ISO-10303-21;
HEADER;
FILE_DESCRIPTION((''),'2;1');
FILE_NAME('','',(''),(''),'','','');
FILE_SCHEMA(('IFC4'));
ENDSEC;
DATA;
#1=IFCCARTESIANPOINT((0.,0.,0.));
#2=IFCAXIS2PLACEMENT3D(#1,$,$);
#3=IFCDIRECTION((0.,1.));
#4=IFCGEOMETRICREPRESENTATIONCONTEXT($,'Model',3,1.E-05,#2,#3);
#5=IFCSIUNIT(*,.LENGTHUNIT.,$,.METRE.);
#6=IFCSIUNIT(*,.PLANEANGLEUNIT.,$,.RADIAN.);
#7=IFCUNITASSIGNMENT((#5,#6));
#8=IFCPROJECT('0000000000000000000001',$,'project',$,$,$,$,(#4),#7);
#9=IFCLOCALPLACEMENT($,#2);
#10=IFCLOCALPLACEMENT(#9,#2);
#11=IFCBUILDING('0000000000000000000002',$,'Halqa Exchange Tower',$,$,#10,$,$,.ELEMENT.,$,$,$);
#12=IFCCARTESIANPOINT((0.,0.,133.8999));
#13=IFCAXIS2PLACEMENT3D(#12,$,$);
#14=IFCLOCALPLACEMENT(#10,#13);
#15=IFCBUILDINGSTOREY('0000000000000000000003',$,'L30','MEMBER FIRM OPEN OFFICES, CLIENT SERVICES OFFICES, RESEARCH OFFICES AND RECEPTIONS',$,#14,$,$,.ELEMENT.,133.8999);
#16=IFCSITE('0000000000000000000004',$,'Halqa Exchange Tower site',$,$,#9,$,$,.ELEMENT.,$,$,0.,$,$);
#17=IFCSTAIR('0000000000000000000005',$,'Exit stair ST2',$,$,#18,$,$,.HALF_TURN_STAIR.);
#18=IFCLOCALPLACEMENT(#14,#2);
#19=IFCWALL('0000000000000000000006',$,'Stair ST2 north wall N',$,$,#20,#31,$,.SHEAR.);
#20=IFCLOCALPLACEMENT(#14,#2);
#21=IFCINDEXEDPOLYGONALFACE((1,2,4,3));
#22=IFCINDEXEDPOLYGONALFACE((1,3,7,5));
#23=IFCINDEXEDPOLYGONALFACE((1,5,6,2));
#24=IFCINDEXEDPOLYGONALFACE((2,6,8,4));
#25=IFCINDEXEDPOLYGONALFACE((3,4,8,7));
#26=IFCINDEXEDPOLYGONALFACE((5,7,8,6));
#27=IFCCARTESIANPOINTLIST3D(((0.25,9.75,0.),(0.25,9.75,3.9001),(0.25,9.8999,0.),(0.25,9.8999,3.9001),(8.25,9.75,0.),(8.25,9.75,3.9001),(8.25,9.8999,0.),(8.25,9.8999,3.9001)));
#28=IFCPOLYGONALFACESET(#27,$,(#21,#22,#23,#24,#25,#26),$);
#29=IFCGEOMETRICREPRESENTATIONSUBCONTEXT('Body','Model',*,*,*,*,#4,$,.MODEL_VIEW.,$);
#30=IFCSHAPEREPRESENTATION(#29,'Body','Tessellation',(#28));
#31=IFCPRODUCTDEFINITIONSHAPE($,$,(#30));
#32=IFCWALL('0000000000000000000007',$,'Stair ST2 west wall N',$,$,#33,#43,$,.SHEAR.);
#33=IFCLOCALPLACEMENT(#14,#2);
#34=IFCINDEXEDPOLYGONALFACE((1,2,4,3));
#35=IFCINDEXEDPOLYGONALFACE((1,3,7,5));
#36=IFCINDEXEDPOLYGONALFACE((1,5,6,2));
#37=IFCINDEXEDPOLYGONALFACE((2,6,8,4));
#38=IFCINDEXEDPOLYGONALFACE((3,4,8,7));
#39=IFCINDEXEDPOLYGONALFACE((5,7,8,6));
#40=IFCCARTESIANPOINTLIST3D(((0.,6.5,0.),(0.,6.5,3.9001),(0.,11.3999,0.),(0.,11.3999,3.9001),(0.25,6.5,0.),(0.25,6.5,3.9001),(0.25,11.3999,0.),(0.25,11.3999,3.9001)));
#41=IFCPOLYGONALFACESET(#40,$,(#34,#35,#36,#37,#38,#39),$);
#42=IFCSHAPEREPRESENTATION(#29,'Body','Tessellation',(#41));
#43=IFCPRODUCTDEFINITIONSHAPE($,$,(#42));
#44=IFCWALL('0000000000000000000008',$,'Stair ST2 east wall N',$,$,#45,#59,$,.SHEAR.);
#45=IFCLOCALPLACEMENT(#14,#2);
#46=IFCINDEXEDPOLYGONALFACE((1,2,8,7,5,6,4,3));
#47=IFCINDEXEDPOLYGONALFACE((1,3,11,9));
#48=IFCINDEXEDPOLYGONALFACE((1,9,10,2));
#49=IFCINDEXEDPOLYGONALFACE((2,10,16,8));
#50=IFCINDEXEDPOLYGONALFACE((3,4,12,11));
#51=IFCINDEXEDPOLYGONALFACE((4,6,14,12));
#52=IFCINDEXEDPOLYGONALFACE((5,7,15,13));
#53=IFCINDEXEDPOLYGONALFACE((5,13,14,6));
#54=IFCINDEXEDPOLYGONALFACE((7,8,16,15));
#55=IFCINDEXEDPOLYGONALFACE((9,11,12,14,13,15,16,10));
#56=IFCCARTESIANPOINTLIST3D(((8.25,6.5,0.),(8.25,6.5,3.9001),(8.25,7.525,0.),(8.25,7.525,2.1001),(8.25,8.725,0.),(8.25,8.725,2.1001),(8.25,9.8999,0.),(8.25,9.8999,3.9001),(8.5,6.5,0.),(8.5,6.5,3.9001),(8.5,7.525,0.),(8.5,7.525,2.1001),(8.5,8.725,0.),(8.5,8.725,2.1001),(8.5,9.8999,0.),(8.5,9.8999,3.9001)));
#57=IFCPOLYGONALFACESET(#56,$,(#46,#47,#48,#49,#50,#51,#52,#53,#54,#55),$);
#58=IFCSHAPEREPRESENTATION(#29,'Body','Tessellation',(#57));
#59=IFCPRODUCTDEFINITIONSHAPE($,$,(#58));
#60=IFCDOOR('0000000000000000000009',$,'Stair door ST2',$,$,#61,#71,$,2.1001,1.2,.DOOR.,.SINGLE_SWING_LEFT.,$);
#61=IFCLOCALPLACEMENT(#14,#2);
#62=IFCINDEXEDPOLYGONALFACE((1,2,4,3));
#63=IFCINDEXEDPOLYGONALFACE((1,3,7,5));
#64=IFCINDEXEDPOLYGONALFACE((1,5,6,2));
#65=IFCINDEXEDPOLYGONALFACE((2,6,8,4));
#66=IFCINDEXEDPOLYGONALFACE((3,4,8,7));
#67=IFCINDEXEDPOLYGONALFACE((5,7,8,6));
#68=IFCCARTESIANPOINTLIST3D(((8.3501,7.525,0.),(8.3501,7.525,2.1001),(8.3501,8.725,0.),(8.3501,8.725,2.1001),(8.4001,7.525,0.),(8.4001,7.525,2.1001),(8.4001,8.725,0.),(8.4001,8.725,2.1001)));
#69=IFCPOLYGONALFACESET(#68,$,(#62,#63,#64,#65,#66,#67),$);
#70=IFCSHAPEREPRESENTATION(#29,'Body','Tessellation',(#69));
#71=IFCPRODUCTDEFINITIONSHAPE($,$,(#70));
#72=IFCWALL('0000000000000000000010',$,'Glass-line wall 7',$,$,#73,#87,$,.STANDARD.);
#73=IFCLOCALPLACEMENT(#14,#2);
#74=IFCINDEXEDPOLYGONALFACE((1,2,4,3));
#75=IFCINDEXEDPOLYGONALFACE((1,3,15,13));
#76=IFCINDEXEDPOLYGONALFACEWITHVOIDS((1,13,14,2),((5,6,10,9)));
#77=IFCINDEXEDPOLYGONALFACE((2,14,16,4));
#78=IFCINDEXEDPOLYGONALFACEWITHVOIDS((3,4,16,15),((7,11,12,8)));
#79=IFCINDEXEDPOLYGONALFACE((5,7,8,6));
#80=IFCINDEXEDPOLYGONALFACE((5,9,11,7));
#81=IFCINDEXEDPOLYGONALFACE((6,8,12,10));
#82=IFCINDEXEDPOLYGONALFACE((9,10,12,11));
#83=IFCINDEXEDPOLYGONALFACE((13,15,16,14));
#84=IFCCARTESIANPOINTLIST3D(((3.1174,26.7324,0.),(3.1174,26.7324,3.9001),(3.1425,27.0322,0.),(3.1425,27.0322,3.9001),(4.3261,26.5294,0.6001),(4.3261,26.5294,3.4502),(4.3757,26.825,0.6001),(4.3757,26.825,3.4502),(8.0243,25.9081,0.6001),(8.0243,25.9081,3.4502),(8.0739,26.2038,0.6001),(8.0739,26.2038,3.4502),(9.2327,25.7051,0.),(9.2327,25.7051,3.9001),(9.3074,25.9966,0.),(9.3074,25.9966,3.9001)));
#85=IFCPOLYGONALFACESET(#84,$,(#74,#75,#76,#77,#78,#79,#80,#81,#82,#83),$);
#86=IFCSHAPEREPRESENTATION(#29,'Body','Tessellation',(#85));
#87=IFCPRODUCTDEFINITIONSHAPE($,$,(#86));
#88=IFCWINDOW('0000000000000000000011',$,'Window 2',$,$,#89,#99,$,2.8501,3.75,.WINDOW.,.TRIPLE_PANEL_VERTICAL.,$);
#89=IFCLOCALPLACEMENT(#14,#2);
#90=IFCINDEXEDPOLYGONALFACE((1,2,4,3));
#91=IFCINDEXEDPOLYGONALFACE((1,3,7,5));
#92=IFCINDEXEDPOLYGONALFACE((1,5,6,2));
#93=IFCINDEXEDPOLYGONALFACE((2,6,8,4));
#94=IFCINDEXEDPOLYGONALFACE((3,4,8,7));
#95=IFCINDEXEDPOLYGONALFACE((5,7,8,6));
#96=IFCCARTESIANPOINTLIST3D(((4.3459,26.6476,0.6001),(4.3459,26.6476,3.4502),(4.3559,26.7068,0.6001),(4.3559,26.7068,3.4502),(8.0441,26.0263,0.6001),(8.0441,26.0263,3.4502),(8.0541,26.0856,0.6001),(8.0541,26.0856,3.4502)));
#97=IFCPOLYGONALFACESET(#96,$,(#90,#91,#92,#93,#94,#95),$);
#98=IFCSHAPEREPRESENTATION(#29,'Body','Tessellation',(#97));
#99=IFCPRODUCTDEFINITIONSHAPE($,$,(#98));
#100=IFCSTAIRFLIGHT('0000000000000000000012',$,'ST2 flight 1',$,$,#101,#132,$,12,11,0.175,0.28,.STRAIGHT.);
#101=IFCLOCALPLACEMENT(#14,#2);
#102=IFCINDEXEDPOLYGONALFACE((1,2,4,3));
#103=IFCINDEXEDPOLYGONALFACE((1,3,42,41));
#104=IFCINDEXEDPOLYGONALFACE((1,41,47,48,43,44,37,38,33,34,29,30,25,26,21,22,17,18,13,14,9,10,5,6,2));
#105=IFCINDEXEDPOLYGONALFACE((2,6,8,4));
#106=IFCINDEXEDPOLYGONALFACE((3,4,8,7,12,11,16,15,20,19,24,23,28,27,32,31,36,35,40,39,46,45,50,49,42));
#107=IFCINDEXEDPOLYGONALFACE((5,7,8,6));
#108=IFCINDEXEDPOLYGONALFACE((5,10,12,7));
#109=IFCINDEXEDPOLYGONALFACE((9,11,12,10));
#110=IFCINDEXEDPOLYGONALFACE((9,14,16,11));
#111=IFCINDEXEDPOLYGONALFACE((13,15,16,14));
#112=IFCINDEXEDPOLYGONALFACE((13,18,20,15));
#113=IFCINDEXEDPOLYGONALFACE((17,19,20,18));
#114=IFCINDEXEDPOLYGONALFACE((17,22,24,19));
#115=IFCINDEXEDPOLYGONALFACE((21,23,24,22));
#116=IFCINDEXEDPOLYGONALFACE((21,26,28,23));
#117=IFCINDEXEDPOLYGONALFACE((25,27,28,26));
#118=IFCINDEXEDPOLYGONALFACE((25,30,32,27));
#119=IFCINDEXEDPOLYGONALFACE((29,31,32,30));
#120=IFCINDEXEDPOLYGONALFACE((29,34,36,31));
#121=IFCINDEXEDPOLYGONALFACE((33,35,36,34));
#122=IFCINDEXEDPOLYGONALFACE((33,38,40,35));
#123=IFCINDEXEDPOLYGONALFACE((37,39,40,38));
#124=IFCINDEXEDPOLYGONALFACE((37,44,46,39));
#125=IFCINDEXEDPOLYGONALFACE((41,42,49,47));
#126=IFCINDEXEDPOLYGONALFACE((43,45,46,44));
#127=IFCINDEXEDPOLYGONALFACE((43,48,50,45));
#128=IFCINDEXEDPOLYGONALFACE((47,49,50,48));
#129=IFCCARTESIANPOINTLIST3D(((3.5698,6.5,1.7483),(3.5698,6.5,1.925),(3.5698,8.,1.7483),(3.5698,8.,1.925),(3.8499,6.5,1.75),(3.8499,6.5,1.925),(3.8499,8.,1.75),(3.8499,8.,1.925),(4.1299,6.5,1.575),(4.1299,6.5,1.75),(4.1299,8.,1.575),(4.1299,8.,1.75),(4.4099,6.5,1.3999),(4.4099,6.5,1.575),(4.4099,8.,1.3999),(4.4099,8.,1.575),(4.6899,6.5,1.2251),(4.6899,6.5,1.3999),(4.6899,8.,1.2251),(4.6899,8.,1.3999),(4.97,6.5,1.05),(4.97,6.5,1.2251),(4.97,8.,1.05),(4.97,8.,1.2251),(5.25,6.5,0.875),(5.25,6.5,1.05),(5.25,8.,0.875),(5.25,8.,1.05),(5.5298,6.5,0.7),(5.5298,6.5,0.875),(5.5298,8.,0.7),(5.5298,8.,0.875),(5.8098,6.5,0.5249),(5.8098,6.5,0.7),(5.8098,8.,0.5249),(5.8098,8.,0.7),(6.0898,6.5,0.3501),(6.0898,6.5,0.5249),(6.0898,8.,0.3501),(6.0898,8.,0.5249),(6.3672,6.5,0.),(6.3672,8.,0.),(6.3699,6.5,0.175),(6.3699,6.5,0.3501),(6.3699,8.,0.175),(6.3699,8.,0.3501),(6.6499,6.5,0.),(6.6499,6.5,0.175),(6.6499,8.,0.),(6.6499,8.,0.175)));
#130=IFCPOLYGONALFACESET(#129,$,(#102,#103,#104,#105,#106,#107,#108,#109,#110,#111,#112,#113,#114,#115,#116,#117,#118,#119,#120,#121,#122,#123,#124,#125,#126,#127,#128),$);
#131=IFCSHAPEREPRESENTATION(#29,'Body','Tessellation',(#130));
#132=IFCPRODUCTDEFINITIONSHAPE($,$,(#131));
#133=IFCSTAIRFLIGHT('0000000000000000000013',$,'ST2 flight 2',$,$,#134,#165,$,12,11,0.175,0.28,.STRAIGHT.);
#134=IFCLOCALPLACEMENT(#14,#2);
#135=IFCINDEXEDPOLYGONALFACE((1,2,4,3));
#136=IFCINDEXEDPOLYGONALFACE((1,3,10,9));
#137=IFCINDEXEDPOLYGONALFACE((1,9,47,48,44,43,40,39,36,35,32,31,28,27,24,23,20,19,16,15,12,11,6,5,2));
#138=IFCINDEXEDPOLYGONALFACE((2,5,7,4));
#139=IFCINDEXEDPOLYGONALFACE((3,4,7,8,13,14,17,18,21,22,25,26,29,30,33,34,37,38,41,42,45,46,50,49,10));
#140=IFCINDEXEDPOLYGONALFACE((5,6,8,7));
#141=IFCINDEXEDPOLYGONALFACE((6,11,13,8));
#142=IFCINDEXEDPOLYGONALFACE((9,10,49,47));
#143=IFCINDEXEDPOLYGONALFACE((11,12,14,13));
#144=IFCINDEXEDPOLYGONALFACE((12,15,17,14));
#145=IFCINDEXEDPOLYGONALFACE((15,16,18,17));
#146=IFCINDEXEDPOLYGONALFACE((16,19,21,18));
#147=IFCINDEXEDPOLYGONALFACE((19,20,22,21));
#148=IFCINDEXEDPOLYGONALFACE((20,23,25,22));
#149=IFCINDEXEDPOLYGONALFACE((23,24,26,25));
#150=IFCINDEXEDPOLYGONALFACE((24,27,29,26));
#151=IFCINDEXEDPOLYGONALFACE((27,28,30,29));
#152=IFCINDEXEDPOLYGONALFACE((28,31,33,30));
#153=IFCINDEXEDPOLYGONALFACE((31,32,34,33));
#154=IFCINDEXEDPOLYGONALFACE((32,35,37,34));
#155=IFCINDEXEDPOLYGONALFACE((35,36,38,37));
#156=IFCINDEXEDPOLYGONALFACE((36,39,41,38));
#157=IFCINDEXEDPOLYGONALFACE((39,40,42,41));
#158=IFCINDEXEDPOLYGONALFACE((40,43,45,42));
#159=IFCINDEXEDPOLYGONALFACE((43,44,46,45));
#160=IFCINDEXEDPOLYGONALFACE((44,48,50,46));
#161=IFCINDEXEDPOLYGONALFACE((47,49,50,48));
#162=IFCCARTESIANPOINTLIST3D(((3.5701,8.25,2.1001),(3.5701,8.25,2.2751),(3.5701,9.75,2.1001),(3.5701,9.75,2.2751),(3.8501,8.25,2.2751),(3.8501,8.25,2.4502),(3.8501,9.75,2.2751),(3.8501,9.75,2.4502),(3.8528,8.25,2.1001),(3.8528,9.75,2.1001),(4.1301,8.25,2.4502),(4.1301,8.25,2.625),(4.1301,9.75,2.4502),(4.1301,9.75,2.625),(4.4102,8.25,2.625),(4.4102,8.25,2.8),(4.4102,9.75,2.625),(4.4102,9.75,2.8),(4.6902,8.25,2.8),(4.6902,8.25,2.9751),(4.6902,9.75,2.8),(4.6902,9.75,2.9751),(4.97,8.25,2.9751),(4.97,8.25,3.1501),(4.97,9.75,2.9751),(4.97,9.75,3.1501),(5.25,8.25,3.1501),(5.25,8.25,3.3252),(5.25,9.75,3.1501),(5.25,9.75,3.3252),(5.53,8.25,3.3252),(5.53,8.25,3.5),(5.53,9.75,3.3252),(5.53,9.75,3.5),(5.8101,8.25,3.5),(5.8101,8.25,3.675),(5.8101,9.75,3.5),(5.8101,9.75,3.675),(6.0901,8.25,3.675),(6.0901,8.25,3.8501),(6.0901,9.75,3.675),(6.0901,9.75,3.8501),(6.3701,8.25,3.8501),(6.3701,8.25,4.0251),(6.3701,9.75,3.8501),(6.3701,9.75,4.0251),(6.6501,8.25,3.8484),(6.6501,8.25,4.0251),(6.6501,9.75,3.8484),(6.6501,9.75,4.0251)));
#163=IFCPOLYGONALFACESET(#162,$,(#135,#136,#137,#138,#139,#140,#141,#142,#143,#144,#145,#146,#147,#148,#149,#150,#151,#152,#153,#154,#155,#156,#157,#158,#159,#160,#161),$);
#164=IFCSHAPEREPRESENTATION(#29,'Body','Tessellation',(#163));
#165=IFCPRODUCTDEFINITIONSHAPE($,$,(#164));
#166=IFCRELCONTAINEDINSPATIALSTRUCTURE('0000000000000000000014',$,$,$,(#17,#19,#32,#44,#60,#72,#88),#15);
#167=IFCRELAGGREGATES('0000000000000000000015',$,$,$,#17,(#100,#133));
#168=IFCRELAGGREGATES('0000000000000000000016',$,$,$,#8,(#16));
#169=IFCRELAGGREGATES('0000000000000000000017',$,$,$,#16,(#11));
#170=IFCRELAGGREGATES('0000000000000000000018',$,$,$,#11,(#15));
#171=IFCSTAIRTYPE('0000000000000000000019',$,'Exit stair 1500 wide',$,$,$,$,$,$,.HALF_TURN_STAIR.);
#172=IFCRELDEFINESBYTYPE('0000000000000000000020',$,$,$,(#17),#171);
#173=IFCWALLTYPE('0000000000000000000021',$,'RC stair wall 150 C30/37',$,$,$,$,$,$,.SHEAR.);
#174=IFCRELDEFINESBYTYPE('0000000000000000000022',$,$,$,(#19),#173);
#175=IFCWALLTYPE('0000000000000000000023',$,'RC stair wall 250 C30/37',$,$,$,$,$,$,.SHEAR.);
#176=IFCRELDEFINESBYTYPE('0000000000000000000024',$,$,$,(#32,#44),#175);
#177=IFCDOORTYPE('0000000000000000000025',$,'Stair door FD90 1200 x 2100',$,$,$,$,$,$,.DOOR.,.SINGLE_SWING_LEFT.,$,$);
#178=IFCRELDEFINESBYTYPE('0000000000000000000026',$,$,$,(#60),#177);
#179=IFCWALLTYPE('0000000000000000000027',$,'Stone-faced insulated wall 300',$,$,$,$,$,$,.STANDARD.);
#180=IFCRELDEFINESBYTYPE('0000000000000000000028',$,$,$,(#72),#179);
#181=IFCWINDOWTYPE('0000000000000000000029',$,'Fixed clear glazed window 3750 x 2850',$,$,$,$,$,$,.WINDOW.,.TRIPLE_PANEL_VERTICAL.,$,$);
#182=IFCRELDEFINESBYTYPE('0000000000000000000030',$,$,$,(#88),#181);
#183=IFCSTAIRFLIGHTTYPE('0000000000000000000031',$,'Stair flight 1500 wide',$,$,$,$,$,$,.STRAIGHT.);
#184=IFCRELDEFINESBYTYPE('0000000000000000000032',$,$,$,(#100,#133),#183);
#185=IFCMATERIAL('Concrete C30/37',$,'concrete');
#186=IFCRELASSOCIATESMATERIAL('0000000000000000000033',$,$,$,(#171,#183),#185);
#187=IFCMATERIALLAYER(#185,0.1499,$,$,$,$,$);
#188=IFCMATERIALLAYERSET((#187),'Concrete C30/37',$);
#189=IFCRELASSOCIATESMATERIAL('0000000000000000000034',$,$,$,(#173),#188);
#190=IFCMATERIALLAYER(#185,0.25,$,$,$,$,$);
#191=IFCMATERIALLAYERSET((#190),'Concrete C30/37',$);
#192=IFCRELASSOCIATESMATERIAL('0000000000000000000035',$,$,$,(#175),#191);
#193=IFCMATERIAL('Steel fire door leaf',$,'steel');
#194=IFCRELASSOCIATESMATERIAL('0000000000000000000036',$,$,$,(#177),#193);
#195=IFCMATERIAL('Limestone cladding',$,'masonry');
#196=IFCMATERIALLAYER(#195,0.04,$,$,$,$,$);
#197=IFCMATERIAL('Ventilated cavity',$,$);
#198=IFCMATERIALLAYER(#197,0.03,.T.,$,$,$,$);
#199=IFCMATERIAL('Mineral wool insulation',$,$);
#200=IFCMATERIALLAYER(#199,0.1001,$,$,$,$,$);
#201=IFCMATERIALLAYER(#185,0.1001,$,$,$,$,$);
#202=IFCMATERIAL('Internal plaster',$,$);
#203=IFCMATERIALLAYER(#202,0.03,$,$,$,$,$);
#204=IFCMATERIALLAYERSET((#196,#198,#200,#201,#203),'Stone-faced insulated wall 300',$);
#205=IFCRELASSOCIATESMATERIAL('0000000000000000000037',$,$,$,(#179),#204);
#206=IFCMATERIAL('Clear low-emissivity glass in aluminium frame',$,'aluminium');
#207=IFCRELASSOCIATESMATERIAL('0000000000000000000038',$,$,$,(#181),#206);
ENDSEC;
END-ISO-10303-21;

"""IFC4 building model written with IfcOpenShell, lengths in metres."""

from ifc_helpers import new_model, si_unit, direction, frame, frame_2d, origin, place, context, subcontext, project, spatial, polyline, rectangle, outline, extrude, material, layer, layer_set, type_object, element, fill, aggregate, save


model = new_model("IFC4")

# Units and contexts
model_context = context("Model", 3, precision=1e-05, world=origin(), true_north=direction((0.0, 1.0)))
body_context = subcontext(model_context, "Body", "Model", "MODEL_VIEW")
ifc_project = project(units=[si_unit("LENGTHUNIT", "METRE"), si_unit("PLANEANGLEUNIT", "RADIAN")], contexts=[model_context])

# Site, building, storey
site_placement = place(None, origin())
site = spatial("IfcSite", under=ifc_project, at=site_placement, Name="Halqa Exchange Tower site", CompositionType="ELEMENT", RefElevation=0.0)
building_placement = place(site_placement, origin())
building = spatial("IfcBuilding", under=site, at=building_placement, Name="Halqa Exchange Tower", CompositionType="ELEMENT")
storey_placement = place(building_placement, frame((0.0, 0.0, 133.8999)))
storey = spatial("IfcBuildingStorey", under=building, at=storey_placement, Name="L30", Description="MEMBER FIRM OPEN OFFICES, CLIENT SERVICES OFFICES, RESEARCH OFFICES AND RECEPTIONS", CompositionType="ELEMENT", Elevation=133.8999)

# Stair
ifc_material_1 = material(Name="Concrete C30/37", Category="concrete")
stair_type = type_object("IfcStairType", Name="Exit stair 1500 wide", PredefinedType="HALF_TURN_STAIR", material=ifc_material_1)
stair_1_placement = place(storey_placement, origin())
stair_1 = element("IfcStair", 1, at=stair_1_placement, inside=storey, type_object=stair_type, Name="Exit stair ST2", PredefinedType="HALF_TURN_STAIR")

# Walls
ifc_layer_1 = layer(ifc_material_1, 0.1499)
ifc_layer_set_1 = layer_set([ifc_layer_1], Name="Concrete C30/37")
wall_type_1 = type_object("IfcWallType", Name="RC stair wall 150 C30/37", PredefinedType="SHEAR", material=ifc_layer_set_1)
wall_1_placement = place(storey_placement, frame((0.25, 9.825, 0.0), z_axis=(0.0, 0.0, 1.0), x_axis=(1.0, 0.0, 0.0)))
element("IfcWall", 2, at=wall_1_placement, inside=storey, type_object=wall_type_1, Name="Stair ST2 north wall N", PredefinedType="SHEAR", context=body_context, shape_type="SweptSolid", body=[
    extrude(rectangle(XDim=8.0, YDim=0.1499, at=frame_2d((4.0, 0.0))), origin(), (0.0, 0.0, 1.0), 3.9001),
])
ifc_layer_2 = layer(ifc_material_1, 0.25)
ifc_layer_set_2 = layer_set([ifc_layer_2], Name="Concrete C30/37")
wall_type_2 = type_object("IfcWallType", Name="RC stair wall 250 C30/37", PredefinedType="SHEAR", material=ifc_layer_set_2)
wall_2_placement = place(storey_placement, frame((0.125, 6.5, 0.0), z_axis=(0.0, 0.0, 1.0), x_axis=(0.0, 1.0, 0.0)))
element("IfcWall", 3, at=wall_2_placement, inside=storey, type_object=wall_type_2, Name="Stair ST2 west wall N", PredefinedType="SHEAR", context=body_context, shape_type="SweptSolid", body=[
    extrude(rectangle(XDim=4.8999, YDim=0.25, at=frame_2d((2.45, 0.0))), origin(), (0.0, 0.0, 1.0), 3.9001),
])

# Wall, opening, door
wall_3_placement = place(storey_placement, frame((8.375, 6.5, 0.0), z_axis=(0.0, 0.0, 1.0), x_axis=(0.0, 1.0, 0.0)))
wall_3 = element("IfcWall", 4, at=wall_3_placement, inside=storey, type_object=wall_type_2, Name="Stair ST2 east wall N", PredefinedType="SHEAR", context=body_context, shape_type="SweptSolid", body=[
    extrude(rectangle(XDim=3.3999, YDim=0.25, at=frame_2d((1.7, 0.0))), origin(), (0.0, 0.0, 1.0), 3.9001),
])
opening_1_placement = place(wall_3_placement, frame((1.0249, 0.0, 0.0)))
opening_1 = element("IfcOpeningElement", 5, at=opening_1_placement, cuts=wall_3, PredefinedType="OPENING", context=body_context, shape_type="SweptSolid", body=[
    extrude(rectangle(XDim=1.2, YDim=2.1001, at=frame_2d((0.6001, 1.05))), frame((0.0, 0.137, 0.0), z_axis=(0.0, -1.0, 0.0), x_axis=(1.0, 0.0, 0.0)), (0.0, 0.0, 1.0), 0.2739),
])
ifc_material_2 = material(Name="Steel fire door leaf", Category="steel")
door_type_1 = type_object("IfcDoorType", Name="Stair door FD90 1200 x 2100", OperationType="SINGLE_SWING_LEFT", PredefinedType="DOOR", material=ifc_material_2)
door_1_placement = place(opening_1_placement, origin())
door_1 = element("IfcDoor", 6, at=door_1_placement, inside=storey, type_object=door_type_1, Name="Stair door ST2", OperationType="SINGLE_SWING_LEFT", OverallHeight=2.1001, OverallWidth=1.2, PredefinedType="DOOR", context=body_context, shape_type="SweptSolid", body=[
    extrude(rectangle(XDim=1.2, YDim=2.1001, at=frame_2d((0.6001, 1.05))), frame((0.0, 0.0249, 0.0), z_axis=(0.0, -1.0, 0.0), x_axis=(1.0, 0.0, 0.0)), (0.0, 0.0, 1.0), 0.05),
])
fill(opening_1, door_1)

# Wall, opening, window
ifc_material_3 = material(Name="Limestone cladding", Category="masonry")
ifc_layer_3 = layer(ifc_material_3, 0.04)
ifc_material_4 = material(Name="Ventilated cavity")
ifc_layer_4 = layer(ifc_material_4, 0.03, ventilated=True)
ifc_material_5 = material(Name="Mineral wool insulation")
ifc_layer_5 = layer(ifc_material_5, 0.1001)
ifc_layer_6 = layer(ifc_material_1, 0.1001)
ifc_material_6 = material(Name="Internal plaster")
ifc_layer_7 = layer(ifc_material_6, 0.03)
ifc_layer_set_3 = layer_set([ifc_layer_3, ifc_layer_4, ifc_layer_5, ifc_layer_6, ifc_layer_7], Name="Stone-faced insulated wall 300")
wall_type_3 = type_object("IfcWallType", Name="Stone-faced insulated wall 300", PredefinedType="STANDARD", material=ifc_layer_set_3)
wall_4_placement = place(storey_placement, frame((9.27, 25.8508, 0.0), z_axis=(0.0, 0.0, 1.0), x_axis=(-0.986181, 0.165671, 0.0)))
wall_4 = element("IfcWall", 7, at=wall_4_placement, inside=storey, type_object=wall_type_3, Name="Glass-line wall 7", PredefinedType="STANDARD", context=body_context, shape_type="SweptSolid", body=[
    extrude(outline(polyline([(-0.0127, -0.1499), (6.2385, -0.1499), (6.2136, 0.1499), (0.0127, 0.1499), (-0.0127, -0.1499)])), origin(), (0.0, 0.0, 1.0), 3.9001),
])
opening_2_placement = place(wall_4_placement, frame((1.238, 0.0, 0.6001)))
opening_2 = element("IfcOpeningElement", 8, at=opening_2_placement, cuts=wall_4, PredefinedType="OPENING", context=body_context, shape_type="SweptSolid", body=[
    extrude(rectangle(XDim=3.75, YDim=2.8501, at=frame_2d((1.875, 1.425))), frame((0.0, 0.1621, 0.0), z_axis=(0.0, -1.0, 0.0), x_axis=(1.0, 0.0, 0.0)), (0.0, 0.0, 1.0), 0.324),
])
ifc_material_7 = material(Name="Clear low-emissivity glass in aluminium frame", Category="aluminium")
window_type = type_object("IfcWindowType", Name="Fixed clear glazed window 3750 x 2850", PartitioningType="TRIPLE_PANEL_VERTICAL", PredefinedType="WINDOW", material=ifc_material_7)
window_placement = place(opening_2_placement, origin())
window = element("IfcWindow", 9, at=window_placement, inside=storey, type_object=window_type, Name="Window 2", OverallHeight=2.8501, OverallWidth=3.75, PartitioningType="TRIPLE_PANEL_VERTICAL", PredefinedType="WINDOW", context=body_context, shape_type="SweptSolid", body=[
    extrude(rectangle(XDim=3.75, YDim=2.8501, at=frame_2d((1.875, 1.425))), frame((0.0, 0.03, 0.0), z_axis=(0.0, -1.0, 0.0), x_axis=(1.0, 0.0, 0.0)), (0.0, 0.0, 1.0), 0.0601),
])
fill(opening_2, window)

# Stair flights
stair_flight_type = type_object("IfcStairFlightType", Name="Stair flight 1500 wide", PredefinedType="STRAIGHT", material=ifc_material_1)
stair_flight_1_placement = place(storey_placement, frame((6.6499, 7.25, 0.0), z_axis=(0.0, 0.0, 1.0), x_axis=(-1.0, 0.0, 0.0)))
stair_flight_1 = element("IfcStairFlight", 10, at=stair_flight_1_placement, type_object=stair_flight_type, Name="ST2 flight 1", NumberOfRisers=12, NumberOfTreads=11, PredefinedType="STRAIGHT", RiserHeight=0.175, TreadLength=0.28, context=body_context, shape_type="SweptSolid", body=[
    extrude(outline(polyline([(0.0, 0.0), (0.0, 0.175), (0.28, 0.175), (0.28, 0.3501), (0.5601, 0.3501), (0.5601, 0.5249), (0.8401, 0.5249), (0.8401, 0.7), (1.1201, 0.7), (1.1201, 0.875), (1.3999, 0.875), (1.3999, 1.05), (1.6799, 1.05), (1.6799, 1.2251), (1.96, 1.2251), (1.96, 1.3999), (2.24, 1.3999), (2.24, 1.575), (2.52, 1.575), (2.52, 1.75), (2.8, 1.75), (2.8, 1.925), (3.0801, 1.925), (3.0801, 2.1001), (3.0801, 1.7483), (0.2827, 0.0), (0.0, 0.0)])), frame((0.0, 0.75, 0.0), z_axis=(0.0, -1.0, 0.0), x_axis=(1.0, 0.0, 0.0)), (0.0, 0.0, 1.0), 1.5),
])
stair_flight_2_placement = place(storey_placement, frame((3.5701, 9.0, 2.1001), z_axis=(0.0, 0.0, 1.0), x_axis=(1.0, 0.0, 0.0)))
stair_flight_2 = element("IfcStairFlight", 11, at=stair_flight_2_placement, type_object=stair_flight_type, Name="ST2 flight 2", NumberOfRisers=12, NumberOfTreads=11, PredefinedType="STRAIGHT", RiserHeight=0.175, TreadLength=0.28, context=body_context, shape_type="SweptSolid", body=[
    extrude(outline(polyline([(0.0, 0.0), (0.0, 0.175), (0.28, 0.175), (0.28, 0.3501), (0.5601, 0.3501), (0.5601, 0.5249), (0.8401, 0.5249), (0.8401, 0.7), (1.1201, 0.7), (1.1201, 0.875), (1.3999, 0.875), (1.3999, 1.05), (1.6799, 1.05), (1.6799, 1.2251), (1.96, 1.2251), (1.96, 1.3999), (2.24, 1.3999), (2.24, 1.575), (2.52, 1.575), (2.52, 1.75), (2.8, 1.75), (2.8, 1.925), (3.0801, 1.925), (3.0801, 2.1001), (3.0801, 1.7483), (0.2827, 0.0), (0.0, 0.0)])), frame((0.0, 0.75, 0.0), z_axis=(0.0, -1.0, 0.0), x_axis=(1.0, 0.0, 0.0)), (0.0, 0.0, 1.0), 1.5),
])
aggregate(stair_1, [stair_flight_1, stair_flight_2])

save(model, "model.ifc")
